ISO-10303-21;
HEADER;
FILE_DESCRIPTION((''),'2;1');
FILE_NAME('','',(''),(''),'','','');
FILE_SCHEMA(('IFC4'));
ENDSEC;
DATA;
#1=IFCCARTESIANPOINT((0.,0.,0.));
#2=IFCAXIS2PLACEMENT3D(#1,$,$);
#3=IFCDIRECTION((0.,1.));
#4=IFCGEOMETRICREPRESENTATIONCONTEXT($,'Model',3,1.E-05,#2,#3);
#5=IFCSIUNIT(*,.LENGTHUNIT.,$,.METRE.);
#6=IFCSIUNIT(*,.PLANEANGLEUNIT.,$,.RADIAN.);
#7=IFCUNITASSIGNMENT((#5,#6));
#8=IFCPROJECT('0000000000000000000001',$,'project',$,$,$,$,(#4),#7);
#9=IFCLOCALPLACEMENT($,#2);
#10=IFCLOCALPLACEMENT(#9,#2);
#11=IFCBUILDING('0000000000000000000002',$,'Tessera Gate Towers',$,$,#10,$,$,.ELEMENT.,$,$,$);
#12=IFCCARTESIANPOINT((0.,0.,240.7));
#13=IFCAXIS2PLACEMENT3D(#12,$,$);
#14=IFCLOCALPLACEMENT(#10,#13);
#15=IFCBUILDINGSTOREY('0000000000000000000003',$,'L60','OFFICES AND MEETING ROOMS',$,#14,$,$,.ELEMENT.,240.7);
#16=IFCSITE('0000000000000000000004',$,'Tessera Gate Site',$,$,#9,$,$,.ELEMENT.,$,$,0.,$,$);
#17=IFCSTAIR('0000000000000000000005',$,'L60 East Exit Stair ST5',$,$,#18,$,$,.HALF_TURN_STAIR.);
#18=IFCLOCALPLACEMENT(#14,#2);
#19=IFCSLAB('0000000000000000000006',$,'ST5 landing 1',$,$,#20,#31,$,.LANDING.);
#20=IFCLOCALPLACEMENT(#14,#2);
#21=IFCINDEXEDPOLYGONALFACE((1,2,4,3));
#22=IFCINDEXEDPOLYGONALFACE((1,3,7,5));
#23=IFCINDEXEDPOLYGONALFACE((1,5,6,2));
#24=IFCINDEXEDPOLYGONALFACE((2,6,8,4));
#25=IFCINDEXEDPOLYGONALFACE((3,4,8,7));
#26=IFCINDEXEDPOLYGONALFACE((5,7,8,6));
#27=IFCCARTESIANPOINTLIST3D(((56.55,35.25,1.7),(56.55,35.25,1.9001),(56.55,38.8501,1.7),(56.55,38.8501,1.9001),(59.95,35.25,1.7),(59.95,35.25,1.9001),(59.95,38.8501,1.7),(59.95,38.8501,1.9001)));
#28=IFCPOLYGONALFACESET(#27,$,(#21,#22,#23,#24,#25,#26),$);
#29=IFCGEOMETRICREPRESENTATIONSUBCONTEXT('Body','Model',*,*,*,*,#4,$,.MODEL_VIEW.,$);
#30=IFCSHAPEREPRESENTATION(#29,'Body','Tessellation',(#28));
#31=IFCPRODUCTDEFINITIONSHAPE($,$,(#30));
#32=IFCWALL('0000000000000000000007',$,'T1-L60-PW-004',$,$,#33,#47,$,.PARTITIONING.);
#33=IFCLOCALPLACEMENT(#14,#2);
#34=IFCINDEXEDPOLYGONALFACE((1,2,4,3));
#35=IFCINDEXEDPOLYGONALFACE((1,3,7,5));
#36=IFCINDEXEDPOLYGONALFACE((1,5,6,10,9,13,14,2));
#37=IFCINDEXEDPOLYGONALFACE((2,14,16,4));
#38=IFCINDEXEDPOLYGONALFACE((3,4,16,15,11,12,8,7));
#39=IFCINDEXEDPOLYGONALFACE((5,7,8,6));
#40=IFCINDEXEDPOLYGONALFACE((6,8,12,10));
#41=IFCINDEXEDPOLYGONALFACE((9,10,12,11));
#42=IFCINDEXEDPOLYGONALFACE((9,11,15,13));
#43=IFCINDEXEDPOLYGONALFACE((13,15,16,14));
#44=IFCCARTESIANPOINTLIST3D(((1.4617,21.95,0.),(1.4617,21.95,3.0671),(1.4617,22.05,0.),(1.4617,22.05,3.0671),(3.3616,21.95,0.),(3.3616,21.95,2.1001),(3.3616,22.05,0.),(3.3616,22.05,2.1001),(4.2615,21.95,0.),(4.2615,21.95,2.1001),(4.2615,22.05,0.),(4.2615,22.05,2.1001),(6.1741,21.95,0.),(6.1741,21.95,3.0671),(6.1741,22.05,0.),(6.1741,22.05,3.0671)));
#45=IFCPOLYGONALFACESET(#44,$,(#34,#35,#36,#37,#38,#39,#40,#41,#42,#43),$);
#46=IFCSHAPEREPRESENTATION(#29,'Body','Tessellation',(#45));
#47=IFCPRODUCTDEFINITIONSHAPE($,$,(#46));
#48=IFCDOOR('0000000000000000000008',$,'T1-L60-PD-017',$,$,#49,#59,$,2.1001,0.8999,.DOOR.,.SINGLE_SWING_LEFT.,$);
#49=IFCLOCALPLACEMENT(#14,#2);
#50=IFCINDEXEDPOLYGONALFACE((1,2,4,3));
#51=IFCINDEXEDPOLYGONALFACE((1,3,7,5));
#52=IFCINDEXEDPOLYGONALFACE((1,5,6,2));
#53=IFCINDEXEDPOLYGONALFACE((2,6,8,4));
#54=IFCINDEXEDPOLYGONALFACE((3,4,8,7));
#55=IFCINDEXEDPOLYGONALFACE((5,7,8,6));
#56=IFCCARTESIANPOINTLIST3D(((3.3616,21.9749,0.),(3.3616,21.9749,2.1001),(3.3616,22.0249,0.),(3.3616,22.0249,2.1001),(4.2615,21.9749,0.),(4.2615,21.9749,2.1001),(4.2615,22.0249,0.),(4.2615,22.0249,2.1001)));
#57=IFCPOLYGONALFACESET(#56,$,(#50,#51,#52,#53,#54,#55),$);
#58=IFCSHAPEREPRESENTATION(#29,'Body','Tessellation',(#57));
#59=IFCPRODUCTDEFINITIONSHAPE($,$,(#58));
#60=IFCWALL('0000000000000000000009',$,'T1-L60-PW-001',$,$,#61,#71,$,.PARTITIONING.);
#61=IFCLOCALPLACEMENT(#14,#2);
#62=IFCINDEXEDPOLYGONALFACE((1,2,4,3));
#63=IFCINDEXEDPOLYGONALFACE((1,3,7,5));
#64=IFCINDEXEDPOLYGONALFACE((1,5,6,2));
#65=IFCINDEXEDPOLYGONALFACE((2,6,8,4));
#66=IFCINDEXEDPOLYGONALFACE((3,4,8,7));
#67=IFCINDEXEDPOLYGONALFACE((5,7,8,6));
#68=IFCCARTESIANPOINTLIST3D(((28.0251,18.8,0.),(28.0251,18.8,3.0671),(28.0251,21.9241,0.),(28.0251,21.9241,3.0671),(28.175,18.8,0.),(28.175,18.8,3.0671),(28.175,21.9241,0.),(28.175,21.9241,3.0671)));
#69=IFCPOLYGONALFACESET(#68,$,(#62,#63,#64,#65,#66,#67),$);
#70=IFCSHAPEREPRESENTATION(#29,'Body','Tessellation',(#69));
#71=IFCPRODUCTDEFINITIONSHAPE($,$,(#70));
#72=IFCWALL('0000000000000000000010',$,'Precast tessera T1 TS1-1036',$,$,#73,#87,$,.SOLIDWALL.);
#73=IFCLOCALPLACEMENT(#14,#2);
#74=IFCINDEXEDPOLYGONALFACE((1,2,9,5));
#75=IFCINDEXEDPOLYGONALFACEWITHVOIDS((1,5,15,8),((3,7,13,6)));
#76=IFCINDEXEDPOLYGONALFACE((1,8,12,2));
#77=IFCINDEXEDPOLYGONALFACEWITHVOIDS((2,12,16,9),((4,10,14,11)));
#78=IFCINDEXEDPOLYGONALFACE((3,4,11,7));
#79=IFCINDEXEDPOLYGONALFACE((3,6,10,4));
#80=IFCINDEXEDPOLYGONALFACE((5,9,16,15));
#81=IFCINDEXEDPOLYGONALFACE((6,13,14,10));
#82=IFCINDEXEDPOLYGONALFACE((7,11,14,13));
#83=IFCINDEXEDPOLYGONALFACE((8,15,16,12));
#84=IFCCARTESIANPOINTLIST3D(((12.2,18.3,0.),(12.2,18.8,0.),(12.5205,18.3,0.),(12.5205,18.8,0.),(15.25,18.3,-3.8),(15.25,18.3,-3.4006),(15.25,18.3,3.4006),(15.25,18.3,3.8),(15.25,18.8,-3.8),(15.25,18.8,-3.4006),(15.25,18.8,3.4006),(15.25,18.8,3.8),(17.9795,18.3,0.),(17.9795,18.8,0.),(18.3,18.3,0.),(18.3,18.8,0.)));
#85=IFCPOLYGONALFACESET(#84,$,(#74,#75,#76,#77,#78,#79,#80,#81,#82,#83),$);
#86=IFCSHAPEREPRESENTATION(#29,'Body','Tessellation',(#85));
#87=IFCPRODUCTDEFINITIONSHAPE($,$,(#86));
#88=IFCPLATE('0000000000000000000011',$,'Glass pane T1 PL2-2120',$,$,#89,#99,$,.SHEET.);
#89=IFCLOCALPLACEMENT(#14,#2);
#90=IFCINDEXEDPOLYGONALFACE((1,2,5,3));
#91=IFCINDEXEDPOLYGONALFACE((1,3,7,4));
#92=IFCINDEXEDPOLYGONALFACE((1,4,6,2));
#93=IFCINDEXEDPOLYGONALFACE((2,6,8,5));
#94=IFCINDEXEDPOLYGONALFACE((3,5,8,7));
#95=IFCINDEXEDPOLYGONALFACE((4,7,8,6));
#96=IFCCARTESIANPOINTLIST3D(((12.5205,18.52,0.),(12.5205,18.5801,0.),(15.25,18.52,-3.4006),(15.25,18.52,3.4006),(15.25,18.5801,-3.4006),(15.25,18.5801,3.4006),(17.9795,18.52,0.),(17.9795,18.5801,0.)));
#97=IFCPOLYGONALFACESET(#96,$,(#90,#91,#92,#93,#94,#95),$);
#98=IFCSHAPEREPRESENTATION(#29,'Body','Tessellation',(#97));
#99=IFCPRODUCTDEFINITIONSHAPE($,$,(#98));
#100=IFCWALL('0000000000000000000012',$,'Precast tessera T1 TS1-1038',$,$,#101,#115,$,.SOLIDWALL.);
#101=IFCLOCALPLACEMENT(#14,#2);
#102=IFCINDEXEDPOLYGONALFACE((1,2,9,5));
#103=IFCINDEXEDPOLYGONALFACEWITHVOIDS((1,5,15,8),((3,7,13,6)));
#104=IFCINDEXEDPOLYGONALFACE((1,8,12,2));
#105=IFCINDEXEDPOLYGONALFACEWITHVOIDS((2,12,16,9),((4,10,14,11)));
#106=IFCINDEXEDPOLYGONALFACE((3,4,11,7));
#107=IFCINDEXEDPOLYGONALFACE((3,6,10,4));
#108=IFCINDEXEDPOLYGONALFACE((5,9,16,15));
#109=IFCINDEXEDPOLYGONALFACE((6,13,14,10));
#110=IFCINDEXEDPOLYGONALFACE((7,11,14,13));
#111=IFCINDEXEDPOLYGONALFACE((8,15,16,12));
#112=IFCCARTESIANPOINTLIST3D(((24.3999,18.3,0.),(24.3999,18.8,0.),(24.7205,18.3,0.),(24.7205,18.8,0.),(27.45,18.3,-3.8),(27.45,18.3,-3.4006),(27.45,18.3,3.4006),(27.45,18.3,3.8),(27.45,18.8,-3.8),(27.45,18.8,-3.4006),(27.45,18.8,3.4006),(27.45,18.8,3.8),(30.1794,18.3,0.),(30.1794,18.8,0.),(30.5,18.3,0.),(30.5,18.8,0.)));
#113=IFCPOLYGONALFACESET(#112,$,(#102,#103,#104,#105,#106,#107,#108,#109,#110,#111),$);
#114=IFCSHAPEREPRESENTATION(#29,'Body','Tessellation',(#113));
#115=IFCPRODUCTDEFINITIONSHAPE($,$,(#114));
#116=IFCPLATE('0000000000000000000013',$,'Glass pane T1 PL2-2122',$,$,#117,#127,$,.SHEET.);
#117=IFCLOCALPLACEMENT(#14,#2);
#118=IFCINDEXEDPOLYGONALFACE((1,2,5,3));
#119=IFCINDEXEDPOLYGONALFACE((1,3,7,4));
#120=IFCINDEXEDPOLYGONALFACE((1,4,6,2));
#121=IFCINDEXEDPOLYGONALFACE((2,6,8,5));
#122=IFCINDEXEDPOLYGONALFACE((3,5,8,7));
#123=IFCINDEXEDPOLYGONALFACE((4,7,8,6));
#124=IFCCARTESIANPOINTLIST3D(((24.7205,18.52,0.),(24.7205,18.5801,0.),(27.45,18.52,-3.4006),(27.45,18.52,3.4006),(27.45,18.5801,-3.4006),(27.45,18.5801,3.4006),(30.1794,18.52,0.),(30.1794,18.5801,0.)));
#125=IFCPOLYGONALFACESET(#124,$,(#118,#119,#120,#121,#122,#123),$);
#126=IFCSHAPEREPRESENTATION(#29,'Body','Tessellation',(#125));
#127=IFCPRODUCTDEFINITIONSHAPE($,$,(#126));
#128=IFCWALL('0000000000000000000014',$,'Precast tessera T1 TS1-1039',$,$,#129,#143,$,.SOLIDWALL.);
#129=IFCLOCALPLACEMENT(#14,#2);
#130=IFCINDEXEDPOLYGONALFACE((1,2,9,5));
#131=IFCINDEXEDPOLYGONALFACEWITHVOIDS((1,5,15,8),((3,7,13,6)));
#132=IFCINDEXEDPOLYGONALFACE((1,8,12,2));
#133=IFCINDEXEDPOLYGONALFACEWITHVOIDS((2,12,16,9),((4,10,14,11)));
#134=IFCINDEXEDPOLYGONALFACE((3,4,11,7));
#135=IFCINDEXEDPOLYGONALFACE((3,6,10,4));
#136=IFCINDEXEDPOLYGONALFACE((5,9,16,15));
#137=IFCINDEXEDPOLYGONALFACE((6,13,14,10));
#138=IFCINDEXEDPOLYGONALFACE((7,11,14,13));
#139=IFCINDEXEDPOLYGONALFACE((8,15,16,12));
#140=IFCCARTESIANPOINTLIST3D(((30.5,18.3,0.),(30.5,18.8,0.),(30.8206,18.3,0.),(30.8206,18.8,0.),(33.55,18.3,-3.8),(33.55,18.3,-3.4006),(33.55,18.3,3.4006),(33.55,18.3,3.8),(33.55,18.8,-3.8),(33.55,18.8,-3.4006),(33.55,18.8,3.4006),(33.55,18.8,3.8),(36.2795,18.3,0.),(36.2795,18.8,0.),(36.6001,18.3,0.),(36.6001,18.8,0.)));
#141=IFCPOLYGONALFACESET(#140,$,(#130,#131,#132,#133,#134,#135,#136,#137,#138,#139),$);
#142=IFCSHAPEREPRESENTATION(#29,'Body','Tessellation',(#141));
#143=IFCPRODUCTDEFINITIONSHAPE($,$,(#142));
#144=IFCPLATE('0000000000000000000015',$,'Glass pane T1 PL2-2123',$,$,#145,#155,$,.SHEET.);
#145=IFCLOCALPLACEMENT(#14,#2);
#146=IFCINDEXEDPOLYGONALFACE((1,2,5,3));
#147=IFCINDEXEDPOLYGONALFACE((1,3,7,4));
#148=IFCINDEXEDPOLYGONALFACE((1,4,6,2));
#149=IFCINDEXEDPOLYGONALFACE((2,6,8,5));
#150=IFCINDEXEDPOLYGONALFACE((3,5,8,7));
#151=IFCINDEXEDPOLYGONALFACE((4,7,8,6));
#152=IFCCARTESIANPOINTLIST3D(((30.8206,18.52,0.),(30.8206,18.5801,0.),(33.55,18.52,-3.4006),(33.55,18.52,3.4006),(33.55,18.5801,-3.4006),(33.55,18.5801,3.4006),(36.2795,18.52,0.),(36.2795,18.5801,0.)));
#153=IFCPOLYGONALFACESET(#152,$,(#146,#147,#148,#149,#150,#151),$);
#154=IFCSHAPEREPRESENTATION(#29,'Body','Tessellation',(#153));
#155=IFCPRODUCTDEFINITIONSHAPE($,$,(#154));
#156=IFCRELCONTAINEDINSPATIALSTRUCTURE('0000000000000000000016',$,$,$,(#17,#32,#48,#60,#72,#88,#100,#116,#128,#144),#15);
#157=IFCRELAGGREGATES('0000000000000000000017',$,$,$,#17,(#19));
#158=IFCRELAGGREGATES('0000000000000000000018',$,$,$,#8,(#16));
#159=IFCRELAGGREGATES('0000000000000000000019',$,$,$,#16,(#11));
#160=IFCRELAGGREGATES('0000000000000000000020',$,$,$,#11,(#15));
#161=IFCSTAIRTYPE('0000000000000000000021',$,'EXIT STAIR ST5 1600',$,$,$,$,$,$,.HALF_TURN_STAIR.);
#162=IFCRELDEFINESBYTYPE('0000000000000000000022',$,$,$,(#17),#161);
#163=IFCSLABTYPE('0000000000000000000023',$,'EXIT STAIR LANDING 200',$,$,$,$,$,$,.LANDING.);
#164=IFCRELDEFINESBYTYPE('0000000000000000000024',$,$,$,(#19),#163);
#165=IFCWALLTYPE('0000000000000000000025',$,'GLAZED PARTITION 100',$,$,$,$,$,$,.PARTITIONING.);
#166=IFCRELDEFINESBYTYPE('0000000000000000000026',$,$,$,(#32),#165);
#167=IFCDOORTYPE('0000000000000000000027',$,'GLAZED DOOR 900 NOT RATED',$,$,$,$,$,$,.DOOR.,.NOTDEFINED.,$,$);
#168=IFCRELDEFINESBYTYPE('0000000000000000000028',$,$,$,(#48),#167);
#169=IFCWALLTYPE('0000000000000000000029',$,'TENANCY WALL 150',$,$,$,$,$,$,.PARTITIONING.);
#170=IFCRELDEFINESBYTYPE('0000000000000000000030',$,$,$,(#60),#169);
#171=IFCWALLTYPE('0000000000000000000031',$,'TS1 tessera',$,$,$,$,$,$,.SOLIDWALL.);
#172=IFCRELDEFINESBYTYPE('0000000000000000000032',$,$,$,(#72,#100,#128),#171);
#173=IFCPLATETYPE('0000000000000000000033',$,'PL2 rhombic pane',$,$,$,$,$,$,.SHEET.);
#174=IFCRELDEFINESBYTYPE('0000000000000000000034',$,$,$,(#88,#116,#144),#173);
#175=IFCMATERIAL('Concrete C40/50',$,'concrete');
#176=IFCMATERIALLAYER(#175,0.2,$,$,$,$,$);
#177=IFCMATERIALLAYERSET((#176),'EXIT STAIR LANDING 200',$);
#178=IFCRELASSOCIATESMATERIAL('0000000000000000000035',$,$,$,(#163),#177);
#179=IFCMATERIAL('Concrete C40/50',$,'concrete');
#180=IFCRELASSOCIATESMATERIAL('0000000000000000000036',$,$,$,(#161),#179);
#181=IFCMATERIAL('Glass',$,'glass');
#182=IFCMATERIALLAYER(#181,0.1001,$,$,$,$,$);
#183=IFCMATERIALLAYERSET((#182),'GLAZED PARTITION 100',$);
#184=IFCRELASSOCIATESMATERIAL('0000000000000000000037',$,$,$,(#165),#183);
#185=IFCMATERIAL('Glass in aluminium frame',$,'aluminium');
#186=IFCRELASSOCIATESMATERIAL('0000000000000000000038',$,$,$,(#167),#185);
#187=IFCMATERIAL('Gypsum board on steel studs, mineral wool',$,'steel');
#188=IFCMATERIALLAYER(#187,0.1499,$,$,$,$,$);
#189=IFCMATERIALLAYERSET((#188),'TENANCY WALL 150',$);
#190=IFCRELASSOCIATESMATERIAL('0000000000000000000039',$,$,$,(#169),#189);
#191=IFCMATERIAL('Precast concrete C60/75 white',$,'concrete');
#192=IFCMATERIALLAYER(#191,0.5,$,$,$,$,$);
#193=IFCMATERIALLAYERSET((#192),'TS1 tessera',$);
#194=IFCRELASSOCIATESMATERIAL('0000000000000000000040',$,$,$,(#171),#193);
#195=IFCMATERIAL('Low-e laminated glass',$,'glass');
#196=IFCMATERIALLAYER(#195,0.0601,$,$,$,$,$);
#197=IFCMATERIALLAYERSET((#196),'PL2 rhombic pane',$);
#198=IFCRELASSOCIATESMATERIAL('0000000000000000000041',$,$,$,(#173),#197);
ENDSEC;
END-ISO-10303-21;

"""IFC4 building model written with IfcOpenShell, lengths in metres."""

from ifc_helpers import new_model, si_unit, direction, frame, frame_2d, origin, place, context, subcontext, project, spatial, polyline, rectangle, outline, extrude, source, transform, mapped, material, layer, layer_set, type_object, element, fill, aggregate, save


model = new_model("IFC4")

# Units and contexts
model_context = context("Model", 3, precision=1e-05, world=origin(), true_north=direction((0.0, 1.0)))
body_context = subcontext(model_context, "Body", "Model", "MODEL_VIEW")
ifc_project = project(units=[si_unit("LENGTHUNIT", "METRE"), si_unit("PLANEANGLEUNIT", "RADIAN")], contexts=[model_context])

# Site, building, storey
site_placement = place(None, origin())
site = spatial("IfcSite", under=ifc_project, at=site_placement, Name="Tessera Gate Site", CompositionType="ELEMENT", RefElevation=0.0)
building_placement = place(site_placement, origin())
building = spatial("IfcBuilding", under=site, at=building_placement, Name="Tessera Gate Towers", CompositionType="ELEMENT")
storey_placement = place(building_placement, frame((0.0, 0.0, 240.7)))
storey = spatial("IfcBuildingStorey", under=building, at=storey_placement, Name="L60", Description="OFFICES AND MEETING ROOMS", CompositionType="ELEMENT", Elevation=240.7)

# Stair, slab
ifc_material_1 = material(Name="Concrete C40/50", Category="concrete")
ifc_layer_1 = layer(ifc_material_1, 0.2)
ifc_layer_set_1 = layer_set([ifc_layer_1], Name="EXIT STAIR LANDING 200")
slab_type_1 = type_object("IfcSlabType", Name="EXIT STAIR LANDING 200", PredefinedType="LANDING", material=ifc_layer_set_1)
ifc_material_2 = material(Name="Concrete C40/50", Category="concrete")
stair_type_1 = type_object("IfcStairType", Name="EXIT STAIR ST5 1600", PredefinedType="HALF_TURN_STAIR", material=ifc_material_2)
stair_1_placement = place(storey_placement, origin())
stair_1 = element("IfcStair", 1, at=stair_1_placement, inside=storey, type_object=stair_type_1, Name="L60 East Exit Stair ST5", PredefinedType="HALF_TURN_STAIR")
slab_1_placement = place(storey_placement, frame((0.0, 0.0, 1.7)))
slab_1 = element("IfcSlab", 2, at=slab_1_placement, type_object=slab_type_1, Name="ST5 landing 1", PredefinedType="LANDING", context=body_context, shape_type="SweptSolid", body=[
    extrude(outline(polyline([(59.95, 35.25), (59.95, 38.8501), (56.55, 38.8501), (56.55, 35.25), (59.95, 35.25)])), origin(), (0.0, 0.0, 1.0), 0.2002),
])
aggregate(stair_1, [slab_1])

# Wall, opening, door
ifc_material_3 = material(Name="Glass", Category="glass")
ifc_layer_2 = layer(ifc_material_3, 0.1001)
ifc_layer_set_2 = layer_set([ifc_layer_2], Name="GLAZED PARTITION 100")
wall_type_1 = type_object("IfcWallType", Name="GLAZED PARTITION 100", PredefinedType="PARTITIONING", material=ifc_layer_set_2)
wall_1_placement = place(storey_placement, frame((1.4617, 22.0, 0.0), z_axis=(0.0, 0.0, 1.0), x_axis=(1.0, 0.0, 0.0)))
wall_1 = element("IfcWall", 3, at=wall_1_placement, inside=storey, type_object=wall_type_1, Name="T1-L60-PW-004", PredefinedType="PARTITIONING", context=body_context, shape_type="SweptSolid", body=[
    extrude(rectangle(XDim=4.7124, YDim=0.1001, at=frame_2d((2.3562, 0.0))), origin(), (0.0, 0.0, 1.0), 3.0671),
])
shared_shape_1 = source(origin(), body_context, "Body", "SweptSolid", [
    extrude(rectangle(XDim=0.8999, YDim=2.1001, at=frame_2d((0.45, 1.05))), frame((0.0, 0.0601, 0.0), z_axis=(0.0, -1.0, 0.0), x_axis=(1.0, 0.0, 0.0)), (0.0, 0.0, 1.0), 0.1201),
])
opening_1_placement = place(wall_1_placement, frame((1.8999, 0.0, 0.0)))
opening_1 = element("IfcOpeningElement", 4, at=opening_1_placement, cuts=wall_1, PredefinedType="OPENING", context=body_context, shape_type="MappedRepresentation", body=[
    mapped(shared_shape_1, transform((0.0, 0.0, 0.0), scale=1.0)),
])
ifc_material_4 = material(Name="Glass in aluminium frame", Category="aluminium")
door_type = type_object("IfcDoorType", Name="GLAZED DOOR 900 NOT RATED", OperationType="NOTDEFINED", PredefinedType="DOOR", material=ifc_material_4)
shared_shape_2 = source(origin(), body_context, "Body", "SweptSolid", [
    extrude(rectangle(XDim=0.8999, YDim=2.1001, at=frame_2d((0.45, 1.05))), frame((0.0, 0.0249, 0.0), z_axis=(0.0, -1.0, 0.0), x_axis=(1.0, 0.0, 0.0)), (0.0, 0.0, 1.0), 0.05),
])
door_placement = place(opening_1_placement, origin())
door = element("IfcDoor", 5, at=door_placement, inside=storey, type_object=door_type, Name="T1-L60-PD-017", OperationType="SINGLE_SWING_LEFT", OverallHeight=2.1001, OverallWidth=0.8999, PredefinedType="DOOR", context=body_context, shape_type="MappedRepresentation", body=[
    mapped(shared_shape_2, transform((0.0, 0.0, 0.0), scale=1.0)),
])
fill(opening_1, door)

# Wall
ifc_material_5 = material(Name="Gypsum board on steel studs, mineral wool", Category="steel")
ifc_layer_3 = layer(ifc_material_5, 0.1499)
ifc_layer_set_3 = layer_set([ifc_layer_3], Name="TENANCY WALL 150")
wall_type_2 = type_object("IfcWallType", Name="TENANCY WALL 150", PredefinedType="PARTITIONING", material=ifc_layer_set_3)
wall_2_placement = place(storey_placement, frame((28.1001, 18.8, 0.0), z_axis=(0.0, 0.0, 1.0), x_axis=(0.0, 1.0, 0.0)))
element("IfcWall", 6, at=wall_2_placement, inside=storey, type_object=wall_type_2, Name="T1-L60-PW-001", PredefinedType="PARTITIONING", context=body_context, shape_type="SweptSolid", body=[
    extrude(rectangle(XDim=3.124, YDim=0.1499, at=frame_2d((1.562, 0.0))), origin(), (0.0, 0.0, 1.0), 3.0671),
])

# Walls, openings, plates
ifc_material_6 = material(Name="Precast concrete C60/75 white", Category="concrete")
ifc_layer_4 = layer(ifc_material_6, 0.5)
ifc_layer_set_4 = layer_set([ifc_layer_4], Name="TS1 tessera")
wall_type_3 = type_object("IfcWallType", Name="TS1 tessera", PredefinedType="SOLIDWALL", material=ifc_layer_set_4)
shared_shape_3 = source(origin(), body_context, "Body", "SweptSolid", [
    extrude(outline(polyline([(3.05, 0.0), (6.1001, 3.8), (3.05, 7.6001), (0.0, 3.8), (3.05, 0.0)])), frame((0.0, 0.25, 0.0), z_axis=(0.0, -1.0, 0.0), x_axis=(1.0, 0.0, 0.0)), (0.0, 0.0, 1.0), 0.5),
])
wall_3_placement = place(storey_placement, frame((12.2, 18.55, -3.8), z_axis=(0.0, 0.0, 1.0), x_axis=(1.0, 0.0, 0.0)))
wall_3 = element("IfcWall", 7, at=wall_3_placement, inside=storey, type_object=wall_type_3, Name="Precast tessera T1 TS1-1036", PredefinedType="SOLIDWALL", context=body_context, shape_type="MappedRepresentation", body=[
    mapped(shared_shape_3, transform((0.0, 0.0, 0.0), scale=1.0)),
])
shared_shape_4 = source(origin(), body_context, "Body", "SweptSolid", [
    extrude(outline(polyline([(3.05, 0.3994), (5.7795, 3.8), (3.05, 7.2007), (0.3206, 3.8), (3.05, 0.3994)])), frame((0.0, 0.26, 0.0), z_axis=(0.0, -1.0, 0.0), x_axis=(1.0, 0.0, 0.0)), (0.0, 0.0, 1.0), 0.52),
])
opening_2_placement = place(wall_3_placement, origin())
opening_2 = element("IfcOpeningElement", 8, at=opening_2_placement, cuts=wall_3, PredefinedType="OPENING", context=body_context, shape_type="MappedRepresentation", body=[
    mapped(shared_shape_4, transform((0.0, 0.0, 0.0), scale=1.0)),
])
ifc_material_7 = material(Name="Low-e laminated glass", Category="glass")
ifc_layer_5 = layer(ifc_material_7, 0.0601)
ifc_layer_set_5 = layer_set([ifc_layer_5], Name="PL2 rhombic pane")
plate_type = type_object("IfcPlateType", Name="PL2 rhombic pane", PredefinedType="SHEET", material=ifc_layer_set_5)
shared_shape_5 = source(origin(), body_context, "Body", "SweptSolid", [
    extrude(outline(polyline([(3.05, 0.3994), (5.7795, 3.8), (3.05, 7.2007), (0.3206, 3.8), (3.05, 0.3994)])), frame((0.0, 0.03, 0.0), z_axis=(0.0, -1.0, 0.0), x_axis=(1.0, 0.0, 0.0)), (0.0, 0.0, 1.0), 0.0601),
])
plate_1_placement = place(opening_2_placement, origin())
plate_1 = element("IfcPlate", 9, at=plate_1_placement, inside=storey, type_object=plate_type, Name="Glass pane T1 PL2-2120", PredefinedType="SHEET", context=body_context, shape_type="MappedRepresentation", body=[
    mapped(shared_shape_5, transform((0.0, 0.0, 0.0), scale=1.0)),
])
fill(opening_2, plate_1)
wall_4_placement = place(storey_placement, frame((24.3999, 18.55, -3.8), z_axis=(0.0, 0.0, 1.0), x_axis=(1.0, 0.0, 0.0)))
wall_4 = element("IfcWall", 10, at=wall_4_placement, inside=storey, type_object=wall_type_3, Name="Precast tessera T1 TS1-1038", PredefinedType="SOLIDWALL", context=body_context, shape_type="MappedRepresentation", body=[
    mapped(shared_shape_3, transform((0.0, 0.0, 0.0), scale=1.0)),
])
opening_3_placement = place(wall_4_placement, origin())
opening_3 = element("IfcOpeningElement", 11, at=opening_3_placement, cuts=wall_4, PredefinedType="OPENING", context=body_context, shape_type="MappedRepresentation", body=[
    mapped(shared_shape_4, transform((0.0, 0.0, 0.0), scale=1.0)),
])
plate_2_placement = place(opening_3_placement, origin())
plate_2 = element("IfcPlate", 12, at=plate_2_placement, inside=storey, type_object=plate_type, Name="Glass pane T1 PL2-2122", PredefinedType="SHEET", context=body_context, shape_type="MappedRepresentation", body=[
    mapped(shared_shape_5, transform((0.0, 0.0, 0.0), scale=1.0)),
])
fill(opening_3, plate_2)
wall_5_placement = place(storey_placement, frame((30.5, 18.55, -3.8), z_axis=(0.0, 0.0, 1.0), x_axis=(1.0, 0.0, 0.0)))
wall_5 = element("IfcWall", 13, at=wall_5_placement, inside=storey, type_object=wall_type_3, Name="Precast tessera T1 TS1-1039", PredefinedType="SOLIDWALL", context=body_context, shape_type="MappedRepresentation", body=[
    mapped(shared_shape_3, transform((0.0, 0.0, 0.0), scale=1.0)),
])
opening_4_placement = place(wall_5_placement, origin())
opening_4 = element("IfcOpeningElement", 14, at=opening_4_placement, cuts=wall_5, PredefinedType="OPENING", context=body_context, shape_type="MappedRepresentation", body=[
    mapped(shared_shape_4, transform((0.0, 0.0, 0.0), scale=1.0)),
])
plate_3_placement = place(opening_4_placement, origin())
plate_3 = element("IfcPlate", 15, at=plate_3_placement, inside=storey, type_object=plate_type, Name="Glass pane T1 PL2-2123", PredefinedType="SHEET", context=body_context, shape_type="MappedRepresentation", body=[
    mapped(shared_shape_5, transform((0.0, 0.0, 0.0), scale=1.0)),
])
fill(opening_4, plate_3)

save(model, "model.ifc")
